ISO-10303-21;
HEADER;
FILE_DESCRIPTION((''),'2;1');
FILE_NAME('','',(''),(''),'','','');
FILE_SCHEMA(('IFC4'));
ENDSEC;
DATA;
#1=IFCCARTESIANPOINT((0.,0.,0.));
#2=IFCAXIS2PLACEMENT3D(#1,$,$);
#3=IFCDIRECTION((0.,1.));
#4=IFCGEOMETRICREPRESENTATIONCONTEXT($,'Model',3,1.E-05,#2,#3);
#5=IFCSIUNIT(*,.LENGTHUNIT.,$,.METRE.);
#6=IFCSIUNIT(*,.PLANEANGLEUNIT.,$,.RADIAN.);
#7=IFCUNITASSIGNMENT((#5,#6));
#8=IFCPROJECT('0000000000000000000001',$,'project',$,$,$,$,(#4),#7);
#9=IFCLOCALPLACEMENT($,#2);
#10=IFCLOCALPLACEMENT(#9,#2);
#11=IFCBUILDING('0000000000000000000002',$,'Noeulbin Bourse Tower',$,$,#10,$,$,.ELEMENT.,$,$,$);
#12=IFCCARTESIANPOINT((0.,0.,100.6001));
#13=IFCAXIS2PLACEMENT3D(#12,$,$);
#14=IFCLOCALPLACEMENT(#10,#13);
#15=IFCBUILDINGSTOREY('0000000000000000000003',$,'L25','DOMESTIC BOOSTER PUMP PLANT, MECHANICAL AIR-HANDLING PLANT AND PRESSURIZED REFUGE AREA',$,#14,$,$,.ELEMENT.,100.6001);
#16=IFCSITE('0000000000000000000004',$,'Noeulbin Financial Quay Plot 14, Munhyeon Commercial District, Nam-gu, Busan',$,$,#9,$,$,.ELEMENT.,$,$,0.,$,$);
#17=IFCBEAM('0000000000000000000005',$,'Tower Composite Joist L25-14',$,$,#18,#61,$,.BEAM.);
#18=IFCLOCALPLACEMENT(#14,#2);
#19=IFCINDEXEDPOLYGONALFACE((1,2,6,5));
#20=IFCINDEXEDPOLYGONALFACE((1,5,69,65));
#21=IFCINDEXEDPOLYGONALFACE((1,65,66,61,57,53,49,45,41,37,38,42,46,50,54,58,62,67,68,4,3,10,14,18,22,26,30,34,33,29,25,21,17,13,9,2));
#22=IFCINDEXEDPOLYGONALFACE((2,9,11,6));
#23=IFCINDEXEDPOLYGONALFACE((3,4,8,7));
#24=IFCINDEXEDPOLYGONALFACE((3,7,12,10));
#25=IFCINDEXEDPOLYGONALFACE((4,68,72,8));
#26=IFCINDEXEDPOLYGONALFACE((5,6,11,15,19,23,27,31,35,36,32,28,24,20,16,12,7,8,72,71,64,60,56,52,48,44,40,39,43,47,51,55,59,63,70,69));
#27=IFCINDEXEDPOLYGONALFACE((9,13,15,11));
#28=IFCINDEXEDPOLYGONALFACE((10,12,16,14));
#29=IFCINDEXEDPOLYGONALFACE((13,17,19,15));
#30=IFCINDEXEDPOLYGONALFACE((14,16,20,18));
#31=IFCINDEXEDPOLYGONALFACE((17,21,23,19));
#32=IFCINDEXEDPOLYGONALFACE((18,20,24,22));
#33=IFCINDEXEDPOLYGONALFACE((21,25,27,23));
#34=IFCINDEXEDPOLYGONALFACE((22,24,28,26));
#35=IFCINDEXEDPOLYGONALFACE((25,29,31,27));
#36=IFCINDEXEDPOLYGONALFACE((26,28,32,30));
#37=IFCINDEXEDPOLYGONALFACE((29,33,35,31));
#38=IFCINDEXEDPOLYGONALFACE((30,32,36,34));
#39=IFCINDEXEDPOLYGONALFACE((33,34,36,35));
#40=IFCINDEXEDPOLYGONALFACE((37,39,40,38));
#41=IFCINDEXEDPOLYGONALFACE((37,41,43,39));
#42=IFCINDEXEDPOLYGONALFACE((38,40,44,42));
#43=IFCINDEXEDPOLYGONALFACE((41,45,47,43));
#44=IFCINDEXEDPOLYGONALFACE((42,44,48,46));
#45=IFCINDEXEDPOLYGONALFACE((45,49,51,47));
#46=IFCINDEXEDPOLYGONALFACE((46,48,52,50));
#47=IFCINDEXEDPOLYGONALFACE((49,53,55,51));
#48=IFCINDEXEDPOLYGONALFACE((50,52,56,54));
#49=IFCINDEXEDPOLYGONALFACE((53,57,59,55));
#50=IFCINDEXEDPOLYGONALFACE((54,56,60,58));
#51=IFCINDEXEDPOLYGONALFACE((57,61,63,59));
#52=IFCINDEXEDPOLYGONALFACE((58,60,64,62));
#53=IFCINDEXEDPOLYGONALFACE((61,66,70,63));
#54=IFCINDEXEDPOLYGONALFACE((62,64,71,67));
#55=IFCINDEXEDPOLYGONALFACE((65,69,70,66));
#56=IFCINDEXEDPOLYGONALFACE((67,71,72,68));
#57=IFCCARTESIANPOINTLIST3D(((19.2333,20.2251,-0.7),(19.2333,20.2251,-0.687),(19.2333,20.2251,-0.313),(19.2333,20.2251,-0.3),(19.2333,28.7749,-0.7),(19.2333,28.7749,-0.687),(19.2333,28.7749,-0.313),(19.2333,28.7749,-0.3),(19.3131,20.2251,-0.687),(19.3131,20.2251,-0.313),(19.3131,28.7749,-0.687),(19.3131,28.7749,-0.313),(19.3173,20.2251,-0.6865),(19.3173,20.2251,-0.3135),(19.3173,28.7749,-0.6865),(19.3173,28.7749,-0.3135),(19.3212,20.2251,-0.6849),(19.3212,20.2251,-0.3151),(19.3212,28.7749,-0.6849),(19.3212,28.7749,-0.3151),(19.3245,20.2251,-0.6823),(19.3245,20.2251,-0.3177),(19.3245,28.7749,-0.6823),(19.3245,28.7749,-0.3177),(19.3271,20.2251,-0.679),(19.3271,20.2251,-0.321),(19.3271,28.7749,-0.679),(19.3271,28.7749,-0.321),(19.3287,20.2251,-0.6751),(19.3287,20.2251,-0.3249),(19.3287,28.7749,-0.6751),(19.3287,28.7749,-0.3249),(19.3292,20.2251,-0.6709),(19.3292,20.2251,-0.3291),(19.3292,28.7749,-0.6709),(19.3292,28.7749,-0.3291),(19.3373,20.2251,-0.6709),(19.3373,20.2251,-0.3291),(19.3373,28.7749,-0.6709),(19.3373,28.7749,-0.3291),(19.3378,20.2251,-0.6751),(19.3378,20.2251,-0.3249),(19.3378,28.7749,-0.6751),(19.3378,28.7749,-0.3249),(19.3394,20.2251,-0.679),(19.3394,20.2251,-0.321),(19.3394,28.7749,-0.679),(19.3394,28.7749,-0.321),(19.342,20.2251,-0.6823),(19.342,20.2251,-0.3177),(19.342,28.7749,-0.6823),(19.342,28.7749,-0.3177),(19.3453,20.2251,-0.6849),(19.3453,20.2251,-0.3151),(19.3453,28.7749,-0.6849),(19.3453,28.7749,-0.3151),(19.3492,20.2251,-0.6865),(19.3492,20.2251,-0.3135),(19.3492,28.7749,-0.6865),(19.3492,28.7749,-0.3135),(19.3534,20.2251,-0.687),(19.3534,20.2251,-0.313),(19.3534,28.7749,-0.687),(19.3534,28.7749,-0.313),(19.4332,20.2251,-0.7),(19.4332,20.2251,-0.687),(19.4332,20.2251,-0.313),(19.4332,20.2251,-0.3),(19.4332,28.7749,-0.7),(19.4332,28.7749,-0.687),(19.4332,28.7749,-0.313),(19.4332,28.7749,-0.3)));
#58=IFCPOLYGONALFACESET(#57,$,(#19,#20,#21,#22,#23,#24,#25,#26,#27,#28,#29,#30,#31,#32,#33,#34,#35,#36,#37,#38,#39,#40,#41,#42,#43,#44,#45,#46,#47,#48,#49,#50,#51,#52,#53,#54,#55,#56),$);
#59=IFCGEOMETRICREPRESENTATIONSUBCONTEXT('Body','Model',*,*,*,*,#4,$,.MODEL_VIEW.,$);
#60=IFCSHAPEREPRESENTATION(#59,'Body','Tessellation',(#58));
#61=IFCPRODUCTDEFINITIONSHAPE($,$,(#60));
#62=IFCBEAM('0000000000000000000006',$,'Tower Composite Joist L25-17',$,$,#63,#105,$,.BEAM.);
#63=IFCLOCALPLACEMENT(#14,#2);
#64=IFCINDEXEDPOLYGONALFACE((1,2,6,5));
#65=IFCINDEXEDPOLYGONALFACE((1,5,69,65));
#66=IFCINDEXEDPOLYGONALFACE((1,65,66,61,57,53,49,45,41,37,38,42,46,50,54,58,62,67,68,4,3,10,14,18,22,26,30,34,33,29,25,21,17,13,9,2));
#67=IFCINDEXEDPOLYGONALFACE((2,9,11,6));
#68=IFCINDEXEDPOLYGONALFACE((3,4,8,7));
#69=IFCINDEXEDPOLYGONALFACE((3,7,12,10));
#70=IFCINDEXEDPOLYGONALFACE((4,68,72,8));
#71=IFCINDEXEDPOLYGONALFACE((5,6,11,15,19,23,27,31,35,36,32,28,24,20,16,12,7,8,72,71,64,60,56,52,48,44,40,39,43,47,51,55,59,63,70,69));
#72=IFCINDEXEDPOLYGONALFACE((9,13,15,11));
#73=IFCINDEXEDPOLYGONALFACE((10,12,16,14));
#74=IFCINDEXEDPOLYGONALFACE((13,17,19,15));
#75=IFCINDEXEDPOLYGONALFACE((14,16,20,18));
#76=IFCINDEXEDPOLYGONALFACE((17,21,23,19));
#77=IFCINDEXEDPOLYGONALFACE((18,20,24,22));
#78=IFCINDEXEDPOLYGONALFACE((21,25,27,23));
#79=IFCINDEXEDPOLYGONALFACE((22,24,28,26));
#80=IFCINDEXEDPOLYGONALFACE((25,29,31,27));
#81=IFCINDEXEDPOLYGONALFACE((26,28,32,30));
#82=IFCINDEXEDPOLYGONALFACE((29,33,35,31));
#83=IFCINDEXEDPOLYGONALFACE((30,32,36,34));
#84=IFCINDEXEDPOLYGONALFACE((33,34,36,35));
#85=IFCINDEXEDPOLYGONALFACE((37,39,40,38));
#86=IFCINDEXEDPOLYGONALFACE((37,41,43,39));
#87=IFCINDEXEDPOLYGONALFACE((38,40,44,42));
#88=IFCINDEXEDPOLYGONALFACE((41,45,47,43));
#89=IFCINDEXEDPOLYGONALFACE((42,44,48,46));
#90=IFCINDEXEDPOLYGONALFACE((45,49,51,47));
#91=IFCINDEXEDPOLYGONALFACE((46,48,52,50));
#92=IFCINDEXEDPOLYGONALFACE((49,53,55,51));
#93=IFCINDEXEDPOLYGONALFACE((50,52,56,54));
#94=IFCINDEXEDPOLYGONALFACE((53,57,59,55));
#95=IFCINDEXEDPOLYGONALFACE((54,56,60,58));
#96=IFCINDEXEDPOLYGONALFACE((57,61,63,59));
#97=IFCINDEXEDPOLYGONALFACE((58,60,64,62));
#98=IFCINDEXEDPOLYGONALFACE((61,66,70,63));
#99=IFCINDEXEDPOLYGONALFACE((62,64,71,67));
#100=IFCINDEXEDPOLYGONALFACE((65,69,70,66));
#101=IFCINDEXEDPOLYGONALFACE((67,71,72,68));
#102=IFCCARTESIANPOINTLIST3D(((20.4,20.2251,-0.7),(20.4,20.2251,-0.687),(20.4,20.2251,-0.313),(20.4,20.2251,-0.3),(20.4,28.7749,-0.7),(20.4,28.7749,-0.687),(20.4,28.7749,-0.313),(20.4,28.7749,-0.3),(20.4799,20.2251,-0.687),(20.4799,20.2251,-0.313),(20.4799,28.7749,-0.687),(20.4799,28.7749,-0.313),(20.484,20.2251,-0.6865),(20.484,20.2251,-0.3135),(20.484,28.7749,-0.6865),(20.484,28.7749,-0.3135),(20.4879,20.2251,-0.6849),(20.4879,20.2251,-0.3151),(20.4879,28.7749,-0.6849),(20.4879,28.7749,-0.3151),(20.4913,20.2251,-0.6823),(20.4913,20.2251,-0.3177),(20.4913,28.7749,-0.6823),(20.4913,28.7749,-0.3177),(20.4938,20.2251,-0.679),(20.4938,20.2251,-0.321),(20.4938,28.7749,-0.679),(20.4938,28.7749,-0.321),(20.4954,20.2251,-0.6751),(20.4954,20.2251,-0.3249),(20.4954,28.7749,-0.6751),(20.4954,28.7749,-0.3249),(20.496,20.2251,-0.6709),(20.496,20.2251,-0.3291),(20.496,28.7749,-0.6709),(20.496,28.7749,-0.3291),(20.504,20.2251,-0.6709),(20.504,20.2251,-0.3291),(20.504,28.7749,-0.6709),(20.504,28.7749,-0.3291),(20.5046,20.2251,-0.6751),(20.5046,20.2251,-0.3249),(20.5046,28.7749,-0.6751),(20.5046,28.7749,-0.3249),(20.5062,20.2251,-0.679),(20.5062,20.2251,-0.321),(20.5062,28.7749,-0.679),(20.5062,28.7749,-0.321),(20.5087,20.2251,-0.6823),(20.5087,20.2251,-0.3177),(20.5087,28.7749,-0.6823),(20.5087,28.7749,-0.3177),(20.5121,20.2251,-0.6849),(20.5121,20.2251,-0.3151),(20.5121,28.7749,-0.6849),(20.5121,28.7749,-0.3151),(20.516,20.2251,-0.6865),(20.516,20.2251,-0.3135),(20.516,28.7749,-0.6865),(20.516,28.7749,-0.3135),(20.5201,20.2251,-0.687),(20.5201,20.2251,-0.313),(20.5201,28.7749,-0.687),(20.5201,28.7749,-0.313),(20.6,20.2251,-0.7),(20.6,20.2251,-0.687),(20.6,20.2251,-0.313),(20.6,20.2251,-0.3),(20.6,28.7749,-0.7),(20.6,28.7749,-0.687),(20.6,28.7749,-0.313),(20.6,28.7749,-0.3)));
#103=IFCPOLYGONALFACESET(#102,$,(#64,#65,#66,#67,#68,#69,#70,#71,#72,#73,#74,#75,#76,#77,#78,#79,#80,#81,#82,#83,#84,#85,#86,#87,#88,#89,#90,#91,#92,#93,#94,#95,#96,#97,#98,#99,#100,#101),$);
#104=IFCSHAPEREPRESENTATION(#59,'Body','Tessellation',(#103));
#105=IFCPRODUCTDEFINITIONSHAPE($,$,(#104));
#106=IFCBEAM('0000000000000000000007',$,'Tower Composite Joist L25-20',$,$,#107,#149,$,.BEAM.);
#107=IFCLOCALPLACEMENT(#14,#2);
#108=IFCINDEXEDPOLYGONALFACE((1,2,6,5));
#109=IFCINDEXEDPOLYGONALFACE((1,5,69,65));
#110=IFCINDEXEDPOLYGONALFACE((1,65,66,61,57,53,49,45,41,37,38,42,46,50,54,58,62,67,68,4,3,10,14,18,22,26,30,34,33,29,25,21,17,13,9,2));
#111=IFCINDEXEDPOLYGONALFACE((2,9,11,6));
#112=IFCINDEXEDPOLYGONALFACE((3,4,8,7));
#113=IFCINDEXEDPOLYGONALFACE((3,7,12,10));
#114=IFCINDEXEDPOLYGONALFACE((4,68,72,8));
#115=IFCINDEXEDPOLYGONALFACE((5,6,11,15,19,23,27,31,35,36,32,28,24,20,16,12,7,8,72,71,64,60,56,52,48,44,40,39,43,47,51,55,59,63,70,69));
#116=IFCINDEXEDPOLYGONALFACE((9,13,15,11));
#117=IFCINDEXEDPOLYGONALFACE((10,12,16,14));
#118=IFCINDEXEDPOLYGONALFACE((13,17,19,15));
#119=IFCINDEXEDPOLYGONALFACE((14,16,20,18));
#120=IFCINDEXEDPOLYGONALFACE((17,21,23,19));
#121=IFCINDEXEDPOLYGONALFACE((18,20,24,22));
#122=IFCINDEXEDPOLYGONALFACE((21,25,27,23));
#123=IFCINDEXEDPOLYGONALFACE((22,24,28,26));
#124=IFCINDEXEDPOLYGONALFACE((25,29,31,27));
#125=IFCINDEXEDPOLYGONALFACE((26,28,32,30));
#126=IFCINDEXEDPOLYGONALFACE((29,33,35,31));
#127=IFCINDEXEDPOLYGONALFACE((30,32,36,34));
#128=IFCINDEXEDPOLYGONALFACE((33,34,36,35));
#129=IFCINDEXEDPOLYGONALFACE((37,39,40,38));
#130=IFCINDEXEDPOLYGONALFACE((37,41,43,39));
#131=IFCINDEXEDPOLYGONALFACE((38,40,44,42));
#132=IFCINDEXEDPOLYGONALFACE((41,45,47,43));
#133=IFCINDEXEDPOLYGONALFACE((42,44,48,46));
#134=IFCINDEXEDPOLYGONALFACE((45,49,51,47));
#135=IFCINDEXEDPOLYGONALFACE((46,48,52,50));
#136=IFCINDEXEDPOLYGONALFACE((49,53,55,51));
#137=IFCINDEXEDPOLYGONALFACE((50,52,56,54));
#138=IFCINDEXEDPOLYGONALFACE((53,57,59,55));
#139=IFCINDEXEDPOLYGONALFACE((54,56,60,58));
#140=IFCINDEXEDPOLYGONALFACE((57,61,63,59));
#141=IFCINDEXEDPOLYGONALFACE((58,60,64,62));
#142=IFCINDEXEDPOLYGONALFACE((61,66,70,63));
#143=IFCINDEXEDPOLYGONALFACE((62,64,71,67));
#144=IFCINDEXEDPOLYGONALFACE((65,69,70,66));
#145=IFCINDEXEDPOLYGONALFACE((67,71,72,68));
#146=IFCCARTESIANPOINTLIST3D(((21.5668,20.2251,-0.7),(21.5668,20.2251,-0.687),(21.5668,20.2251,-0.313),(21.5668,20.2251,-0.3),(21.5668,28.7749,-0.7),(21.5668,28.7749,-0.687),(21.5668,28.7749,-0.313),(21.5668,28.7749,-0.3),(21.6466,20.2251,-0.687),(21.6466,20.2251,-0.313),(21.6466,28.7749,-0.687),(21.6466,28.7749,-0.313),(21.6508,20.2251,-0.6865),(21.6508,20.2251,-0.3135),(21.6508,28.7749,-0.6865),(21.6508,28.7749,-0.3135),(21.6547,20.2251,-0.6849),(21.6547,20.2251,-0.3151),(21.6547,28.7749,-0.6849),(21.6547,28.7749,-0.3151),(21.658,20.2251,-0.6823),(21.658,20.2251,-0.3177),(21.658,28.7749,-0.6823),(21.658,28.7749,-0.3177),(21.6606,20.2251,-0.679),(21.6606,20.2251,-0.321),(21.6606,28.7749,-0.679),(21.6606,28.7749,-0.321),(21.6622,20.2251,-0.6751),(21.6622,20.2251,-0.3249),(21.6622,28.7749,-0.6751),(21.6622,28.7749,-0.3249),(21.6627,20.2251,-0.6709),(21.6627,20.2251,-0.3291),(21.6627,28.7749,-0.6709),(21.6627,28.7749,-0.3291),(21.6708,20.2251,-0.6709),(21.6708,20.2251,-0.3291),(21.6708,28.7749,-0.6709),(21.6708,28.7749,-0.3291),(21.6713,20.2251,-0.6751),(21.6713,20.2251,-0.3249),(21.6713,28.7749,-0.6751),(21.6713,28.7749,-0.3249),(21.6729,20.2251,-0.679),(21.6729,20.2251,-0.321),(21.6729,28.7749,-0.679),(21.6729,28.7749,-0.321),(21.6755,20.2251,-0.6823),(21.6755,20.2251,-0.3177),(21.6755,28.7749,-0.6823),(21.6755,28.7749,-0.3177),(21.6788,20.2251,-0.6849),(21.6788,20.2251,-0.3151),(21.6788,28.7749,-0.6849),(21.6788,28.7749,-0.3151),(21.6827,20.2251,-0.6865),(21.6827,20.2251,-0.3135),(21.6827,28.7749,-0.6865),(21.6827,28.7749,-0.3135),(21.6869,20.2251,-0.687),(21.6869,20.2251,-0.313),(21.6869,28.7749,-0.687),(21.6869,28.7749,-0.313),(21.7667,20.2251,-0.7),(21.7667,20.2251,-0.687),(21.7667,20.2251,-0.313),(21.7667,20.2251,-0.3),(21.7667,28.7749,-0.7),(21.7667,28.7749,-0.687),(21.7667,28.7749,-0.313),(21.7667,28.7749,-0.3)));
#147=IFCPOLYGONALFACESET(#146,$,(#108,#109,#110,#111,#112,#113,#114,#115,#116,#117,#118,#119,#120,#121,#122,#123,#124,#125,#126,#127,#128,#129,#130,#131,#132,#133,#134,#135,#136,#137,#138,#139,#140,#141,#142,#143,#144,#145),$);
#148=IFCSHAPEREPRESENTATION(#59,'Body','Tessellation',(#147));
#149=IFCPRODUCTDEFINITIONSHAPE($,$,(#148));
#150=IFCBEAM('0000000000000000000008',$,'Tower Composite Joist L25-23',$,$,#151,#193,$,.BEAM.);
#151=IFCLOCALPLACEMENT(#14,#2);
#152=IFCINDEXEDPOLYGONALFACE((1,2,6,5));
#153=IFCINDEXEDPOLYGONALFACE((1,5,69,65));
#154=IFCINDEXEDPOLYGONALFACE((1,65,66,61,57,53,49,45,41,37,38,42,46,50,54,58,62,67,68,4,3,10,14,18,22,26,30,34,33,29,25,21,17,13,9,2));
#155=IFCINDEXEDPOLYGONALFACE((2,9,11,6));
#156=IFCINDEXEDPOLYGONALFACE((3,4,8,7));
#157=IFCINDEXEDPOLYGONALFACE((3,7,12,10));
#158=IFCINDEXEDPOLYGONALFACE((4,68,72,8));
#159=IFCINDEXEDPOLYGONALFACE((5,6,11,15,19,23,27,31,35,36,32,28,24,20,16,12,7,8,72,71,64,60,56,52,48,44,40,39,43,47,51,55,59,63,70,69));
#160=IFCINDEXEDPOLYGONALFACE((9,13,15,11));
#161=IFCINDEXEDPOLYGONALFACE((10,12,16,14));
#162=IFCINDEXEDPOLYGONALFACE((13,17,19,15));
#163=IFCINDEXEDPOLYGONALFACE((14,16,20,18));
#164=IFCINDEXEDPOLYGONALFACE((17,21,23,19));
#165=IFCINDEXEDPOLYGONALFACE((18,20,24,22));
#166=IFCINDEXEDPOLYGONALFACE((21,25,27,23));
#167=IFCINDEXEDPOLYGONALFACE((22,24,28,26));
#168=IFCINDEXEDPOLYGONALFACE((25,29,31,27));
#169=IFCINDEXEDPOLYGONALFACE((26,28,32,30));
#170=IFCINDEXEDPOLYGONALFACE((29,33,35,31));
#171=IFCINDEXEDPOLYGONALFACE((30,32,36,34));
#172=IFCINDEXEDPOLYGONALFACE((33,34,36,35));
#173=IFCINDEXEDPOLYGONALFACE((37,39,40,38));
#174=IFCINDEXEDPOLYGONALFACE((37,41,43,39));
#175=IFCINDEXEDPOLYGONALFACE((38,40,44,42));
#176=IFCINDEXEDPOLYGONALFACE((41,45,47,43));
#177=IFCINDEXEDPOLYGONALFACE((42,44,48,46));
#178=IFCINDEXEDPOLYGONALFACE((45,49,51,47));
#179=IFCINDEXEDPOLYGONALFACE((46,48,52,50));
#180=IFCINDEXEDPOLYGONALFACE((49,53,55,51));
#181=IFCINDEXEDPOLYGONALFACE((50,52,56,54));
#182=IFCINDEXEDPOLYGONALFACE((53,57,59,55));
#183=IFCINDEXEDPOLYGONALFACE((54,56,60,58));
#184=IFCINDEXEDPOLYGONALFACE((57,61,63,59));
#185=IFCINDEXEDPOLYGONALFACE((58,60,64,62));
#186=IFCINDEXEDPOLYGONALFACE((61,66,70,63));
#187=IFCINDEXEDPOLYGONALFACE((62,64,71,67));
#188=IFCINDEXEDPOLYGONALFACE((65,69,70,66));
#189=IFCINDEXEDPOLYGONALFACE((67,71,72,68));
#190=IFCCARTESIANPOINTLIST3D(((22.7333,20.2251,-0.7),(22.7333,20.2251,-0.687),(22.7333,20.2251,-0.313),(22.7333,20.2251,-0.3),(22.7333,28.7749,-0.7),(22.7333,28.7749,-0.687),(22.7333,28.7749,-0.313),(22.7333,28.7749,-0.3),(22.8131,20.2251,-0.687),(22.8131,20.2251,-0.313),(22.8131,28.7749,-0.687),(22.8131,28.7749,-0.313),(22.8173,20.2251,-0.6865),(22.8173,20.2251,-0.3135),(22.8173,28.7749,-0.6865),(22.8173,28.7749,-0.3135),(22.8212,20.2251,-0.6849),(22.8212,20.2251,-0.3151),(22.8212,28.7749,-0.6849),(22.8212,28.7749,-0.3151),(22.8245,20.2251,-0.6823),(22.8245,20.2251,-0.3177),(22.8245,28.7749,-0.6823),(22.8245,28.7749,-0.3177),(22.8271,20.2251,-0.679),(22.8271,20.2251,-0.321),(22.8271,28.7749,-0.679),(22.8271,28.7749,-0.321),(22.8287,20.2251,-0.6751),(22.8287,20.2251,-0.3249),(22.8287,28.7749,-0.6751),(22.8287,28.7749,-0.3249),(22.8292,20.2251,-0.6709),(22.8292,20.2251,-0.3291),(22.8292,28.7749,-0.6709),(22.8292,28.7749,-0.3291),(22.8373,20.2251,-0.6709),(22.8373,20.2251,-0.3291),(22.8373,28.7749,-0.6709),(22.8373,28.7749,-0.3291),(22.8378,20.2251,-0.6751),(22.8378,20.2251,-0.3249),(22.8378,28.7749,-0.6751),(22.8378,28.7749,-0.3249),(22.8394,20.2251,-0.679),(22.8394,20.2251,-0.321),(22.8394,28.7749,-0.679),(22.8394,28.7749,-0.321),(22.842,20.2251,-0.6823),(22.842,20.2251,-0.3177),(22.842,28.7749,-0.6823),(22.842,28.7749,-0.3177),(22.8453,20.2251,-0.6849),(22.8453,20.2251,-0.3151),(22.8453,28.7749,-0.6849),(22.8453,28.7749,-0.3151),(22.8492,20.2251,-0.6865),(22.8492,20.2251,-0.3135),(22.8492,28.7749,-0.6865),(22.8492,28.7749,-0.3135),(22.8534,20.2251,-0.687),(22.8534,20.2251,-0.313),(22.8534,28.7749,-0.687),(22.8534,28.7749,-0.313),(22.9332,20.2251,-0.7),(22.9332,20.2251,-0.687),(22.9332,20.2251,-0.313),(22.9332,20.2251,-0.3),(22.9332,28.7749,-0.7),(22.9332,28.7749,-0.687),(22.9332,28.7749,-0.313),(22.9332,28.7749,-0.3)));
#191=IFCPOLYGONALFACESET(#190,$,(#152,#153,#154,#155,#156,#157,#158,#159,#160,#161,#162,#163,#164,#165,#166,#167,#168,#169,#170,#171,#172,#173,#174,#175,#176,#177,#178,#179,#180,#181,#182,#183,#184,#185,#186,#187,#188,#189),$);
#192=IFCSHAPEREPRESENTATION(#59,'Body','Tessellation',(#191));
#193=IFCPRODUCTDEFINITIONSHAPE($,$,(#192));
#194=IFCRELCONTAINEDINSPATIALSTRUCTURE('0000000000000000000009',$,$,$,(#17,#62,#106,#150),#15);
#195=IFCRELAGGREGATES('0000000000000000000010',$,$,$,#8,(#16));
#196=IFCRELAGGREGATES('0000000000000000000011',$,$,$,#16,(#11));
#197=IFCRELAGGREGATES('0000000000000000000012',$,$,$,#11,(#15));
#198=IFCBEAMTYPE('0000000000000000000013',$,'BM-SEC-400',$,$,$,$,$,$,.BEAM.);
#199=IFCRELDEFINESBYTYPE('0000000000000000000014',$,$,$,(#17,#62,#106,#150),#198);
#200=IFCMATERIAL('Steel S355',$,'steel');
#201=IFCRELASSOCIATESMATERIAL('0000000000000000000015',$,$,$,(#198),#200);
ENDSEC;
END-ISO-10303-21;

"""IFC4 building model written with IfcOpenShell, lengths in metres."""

from ifc_helpers import new_model, si_unit, direction, frame, origin, origin_2d, place, context, subcontext, project, spatial, i_section, extrude, material, material_profile, profile_set, type_object, element, save


model = new_model("IFC4")

# Units and contexts
model_context = context("Model", 3, precision=1e-05, world=origin(), true_north=direction((0.0, 1.0)))
body_context = subcontext(model_context, "Body", "Model", "MODEL_VIEW")
ifc_project = project(units=[si_unit("LENGTHUNIT", "METRE"), si_unit("PLANEANGLEUNIT", "RADIAN")], contexts=[model_context])

# Site, building, storey
site_placement = place(None, origin())
site = spatial("IfcSite", under=ifc_project, at=site_placement, Name="Noeulbin Financial Quay Plot 14, Munhyeon Commercial District, Nam-gu, Busan", CompositionType="ELEMENT", RefElevation=0.0)
building_placement = place(site_placement, origin())
building = spatial("IfcBuilding", under=site, at=building_placement, Name="Noeulbin Bourse Tower", CompositionType="ELEMENT")
storey_placement = place(building_placement, frame((0.0, 0.0, 100.6001)))
storey = spatial("IfcBuildingStorey", under=building, at=storey_placement, Name="L25", Description="DOMESTIC BOOSTER PUMP PLANT, MECHANICAL AIR-HANDLING PLANT AND PRESSURIZED REFUGE AREA", CompositionType="ELEMENT", Elevation=100.6001)

# Beams
ifc_material_1 = material(Name="Steel S355", Category="steel")
ifc_material_profile_1 = material_profile(ifc_material_1, i_section(OverallWidth=0.2, OverallDepth=0.3999, WebThickness=0.0081, FlangeThickness=0.0129, FilletRadius=0.0161, at=origin_2d()), Name="H-400x200x8x13", Category="LoadBearing")
ifc_profile_set_1 = profile_set([ifc_material_profile_1], Name="Steel S355")
beam_type_1 = type_object("IfcBeamType", Name="BM-SEC-400", PredefinedType="BEAM", material=ifc_profile_set_1)
for number, where, z_axis, x_axis, name in (
    (1, (19.3333, 20.2251, -0.5), (0.0, 1.0, 0.0), (-1.0, 0.0, 0.0), "Tower Composite Joist L25-14"),
    (2, (20.5, 20.2251, -0.5), (0.0, 1.0, 0.0), (-1.0, 0.0, 0.0), "Tower Composite Joist L25-17"),
    (3, (21.6667, 20.2251, -0.5), (0.0, 1.0, 0.0), (-1.0, 0.0, 0.0), "Tower Composite Joist L25-20"),
    (4, (22.8333, 20.2251, -0.5), (0.0, 1.0, 0.0), (-1.0, 0.0, 0.0), "Tower Composite Joist L25-23"),
):
    element("IfcBeam", number, at=place(storey_placement, frame(where, z_axis=z_axis, x_axis=x_axis)), inside=storey, type_object=beam_type_1, Name=name, PredefinedType="BEAM", context=body_context, shape_type="SweptSolid", body=[
        extrude(i_section(OverallWidth=0.2, OverallDepth=0.3999, WebThickness=0.0081, FlangeThickness=0.0129, FilletRadius=0.0161, at=origin_2d()), origin(), (0.0, 0.0, 1.0), 8.5498),
    ])

save(model, "model.ifc")
